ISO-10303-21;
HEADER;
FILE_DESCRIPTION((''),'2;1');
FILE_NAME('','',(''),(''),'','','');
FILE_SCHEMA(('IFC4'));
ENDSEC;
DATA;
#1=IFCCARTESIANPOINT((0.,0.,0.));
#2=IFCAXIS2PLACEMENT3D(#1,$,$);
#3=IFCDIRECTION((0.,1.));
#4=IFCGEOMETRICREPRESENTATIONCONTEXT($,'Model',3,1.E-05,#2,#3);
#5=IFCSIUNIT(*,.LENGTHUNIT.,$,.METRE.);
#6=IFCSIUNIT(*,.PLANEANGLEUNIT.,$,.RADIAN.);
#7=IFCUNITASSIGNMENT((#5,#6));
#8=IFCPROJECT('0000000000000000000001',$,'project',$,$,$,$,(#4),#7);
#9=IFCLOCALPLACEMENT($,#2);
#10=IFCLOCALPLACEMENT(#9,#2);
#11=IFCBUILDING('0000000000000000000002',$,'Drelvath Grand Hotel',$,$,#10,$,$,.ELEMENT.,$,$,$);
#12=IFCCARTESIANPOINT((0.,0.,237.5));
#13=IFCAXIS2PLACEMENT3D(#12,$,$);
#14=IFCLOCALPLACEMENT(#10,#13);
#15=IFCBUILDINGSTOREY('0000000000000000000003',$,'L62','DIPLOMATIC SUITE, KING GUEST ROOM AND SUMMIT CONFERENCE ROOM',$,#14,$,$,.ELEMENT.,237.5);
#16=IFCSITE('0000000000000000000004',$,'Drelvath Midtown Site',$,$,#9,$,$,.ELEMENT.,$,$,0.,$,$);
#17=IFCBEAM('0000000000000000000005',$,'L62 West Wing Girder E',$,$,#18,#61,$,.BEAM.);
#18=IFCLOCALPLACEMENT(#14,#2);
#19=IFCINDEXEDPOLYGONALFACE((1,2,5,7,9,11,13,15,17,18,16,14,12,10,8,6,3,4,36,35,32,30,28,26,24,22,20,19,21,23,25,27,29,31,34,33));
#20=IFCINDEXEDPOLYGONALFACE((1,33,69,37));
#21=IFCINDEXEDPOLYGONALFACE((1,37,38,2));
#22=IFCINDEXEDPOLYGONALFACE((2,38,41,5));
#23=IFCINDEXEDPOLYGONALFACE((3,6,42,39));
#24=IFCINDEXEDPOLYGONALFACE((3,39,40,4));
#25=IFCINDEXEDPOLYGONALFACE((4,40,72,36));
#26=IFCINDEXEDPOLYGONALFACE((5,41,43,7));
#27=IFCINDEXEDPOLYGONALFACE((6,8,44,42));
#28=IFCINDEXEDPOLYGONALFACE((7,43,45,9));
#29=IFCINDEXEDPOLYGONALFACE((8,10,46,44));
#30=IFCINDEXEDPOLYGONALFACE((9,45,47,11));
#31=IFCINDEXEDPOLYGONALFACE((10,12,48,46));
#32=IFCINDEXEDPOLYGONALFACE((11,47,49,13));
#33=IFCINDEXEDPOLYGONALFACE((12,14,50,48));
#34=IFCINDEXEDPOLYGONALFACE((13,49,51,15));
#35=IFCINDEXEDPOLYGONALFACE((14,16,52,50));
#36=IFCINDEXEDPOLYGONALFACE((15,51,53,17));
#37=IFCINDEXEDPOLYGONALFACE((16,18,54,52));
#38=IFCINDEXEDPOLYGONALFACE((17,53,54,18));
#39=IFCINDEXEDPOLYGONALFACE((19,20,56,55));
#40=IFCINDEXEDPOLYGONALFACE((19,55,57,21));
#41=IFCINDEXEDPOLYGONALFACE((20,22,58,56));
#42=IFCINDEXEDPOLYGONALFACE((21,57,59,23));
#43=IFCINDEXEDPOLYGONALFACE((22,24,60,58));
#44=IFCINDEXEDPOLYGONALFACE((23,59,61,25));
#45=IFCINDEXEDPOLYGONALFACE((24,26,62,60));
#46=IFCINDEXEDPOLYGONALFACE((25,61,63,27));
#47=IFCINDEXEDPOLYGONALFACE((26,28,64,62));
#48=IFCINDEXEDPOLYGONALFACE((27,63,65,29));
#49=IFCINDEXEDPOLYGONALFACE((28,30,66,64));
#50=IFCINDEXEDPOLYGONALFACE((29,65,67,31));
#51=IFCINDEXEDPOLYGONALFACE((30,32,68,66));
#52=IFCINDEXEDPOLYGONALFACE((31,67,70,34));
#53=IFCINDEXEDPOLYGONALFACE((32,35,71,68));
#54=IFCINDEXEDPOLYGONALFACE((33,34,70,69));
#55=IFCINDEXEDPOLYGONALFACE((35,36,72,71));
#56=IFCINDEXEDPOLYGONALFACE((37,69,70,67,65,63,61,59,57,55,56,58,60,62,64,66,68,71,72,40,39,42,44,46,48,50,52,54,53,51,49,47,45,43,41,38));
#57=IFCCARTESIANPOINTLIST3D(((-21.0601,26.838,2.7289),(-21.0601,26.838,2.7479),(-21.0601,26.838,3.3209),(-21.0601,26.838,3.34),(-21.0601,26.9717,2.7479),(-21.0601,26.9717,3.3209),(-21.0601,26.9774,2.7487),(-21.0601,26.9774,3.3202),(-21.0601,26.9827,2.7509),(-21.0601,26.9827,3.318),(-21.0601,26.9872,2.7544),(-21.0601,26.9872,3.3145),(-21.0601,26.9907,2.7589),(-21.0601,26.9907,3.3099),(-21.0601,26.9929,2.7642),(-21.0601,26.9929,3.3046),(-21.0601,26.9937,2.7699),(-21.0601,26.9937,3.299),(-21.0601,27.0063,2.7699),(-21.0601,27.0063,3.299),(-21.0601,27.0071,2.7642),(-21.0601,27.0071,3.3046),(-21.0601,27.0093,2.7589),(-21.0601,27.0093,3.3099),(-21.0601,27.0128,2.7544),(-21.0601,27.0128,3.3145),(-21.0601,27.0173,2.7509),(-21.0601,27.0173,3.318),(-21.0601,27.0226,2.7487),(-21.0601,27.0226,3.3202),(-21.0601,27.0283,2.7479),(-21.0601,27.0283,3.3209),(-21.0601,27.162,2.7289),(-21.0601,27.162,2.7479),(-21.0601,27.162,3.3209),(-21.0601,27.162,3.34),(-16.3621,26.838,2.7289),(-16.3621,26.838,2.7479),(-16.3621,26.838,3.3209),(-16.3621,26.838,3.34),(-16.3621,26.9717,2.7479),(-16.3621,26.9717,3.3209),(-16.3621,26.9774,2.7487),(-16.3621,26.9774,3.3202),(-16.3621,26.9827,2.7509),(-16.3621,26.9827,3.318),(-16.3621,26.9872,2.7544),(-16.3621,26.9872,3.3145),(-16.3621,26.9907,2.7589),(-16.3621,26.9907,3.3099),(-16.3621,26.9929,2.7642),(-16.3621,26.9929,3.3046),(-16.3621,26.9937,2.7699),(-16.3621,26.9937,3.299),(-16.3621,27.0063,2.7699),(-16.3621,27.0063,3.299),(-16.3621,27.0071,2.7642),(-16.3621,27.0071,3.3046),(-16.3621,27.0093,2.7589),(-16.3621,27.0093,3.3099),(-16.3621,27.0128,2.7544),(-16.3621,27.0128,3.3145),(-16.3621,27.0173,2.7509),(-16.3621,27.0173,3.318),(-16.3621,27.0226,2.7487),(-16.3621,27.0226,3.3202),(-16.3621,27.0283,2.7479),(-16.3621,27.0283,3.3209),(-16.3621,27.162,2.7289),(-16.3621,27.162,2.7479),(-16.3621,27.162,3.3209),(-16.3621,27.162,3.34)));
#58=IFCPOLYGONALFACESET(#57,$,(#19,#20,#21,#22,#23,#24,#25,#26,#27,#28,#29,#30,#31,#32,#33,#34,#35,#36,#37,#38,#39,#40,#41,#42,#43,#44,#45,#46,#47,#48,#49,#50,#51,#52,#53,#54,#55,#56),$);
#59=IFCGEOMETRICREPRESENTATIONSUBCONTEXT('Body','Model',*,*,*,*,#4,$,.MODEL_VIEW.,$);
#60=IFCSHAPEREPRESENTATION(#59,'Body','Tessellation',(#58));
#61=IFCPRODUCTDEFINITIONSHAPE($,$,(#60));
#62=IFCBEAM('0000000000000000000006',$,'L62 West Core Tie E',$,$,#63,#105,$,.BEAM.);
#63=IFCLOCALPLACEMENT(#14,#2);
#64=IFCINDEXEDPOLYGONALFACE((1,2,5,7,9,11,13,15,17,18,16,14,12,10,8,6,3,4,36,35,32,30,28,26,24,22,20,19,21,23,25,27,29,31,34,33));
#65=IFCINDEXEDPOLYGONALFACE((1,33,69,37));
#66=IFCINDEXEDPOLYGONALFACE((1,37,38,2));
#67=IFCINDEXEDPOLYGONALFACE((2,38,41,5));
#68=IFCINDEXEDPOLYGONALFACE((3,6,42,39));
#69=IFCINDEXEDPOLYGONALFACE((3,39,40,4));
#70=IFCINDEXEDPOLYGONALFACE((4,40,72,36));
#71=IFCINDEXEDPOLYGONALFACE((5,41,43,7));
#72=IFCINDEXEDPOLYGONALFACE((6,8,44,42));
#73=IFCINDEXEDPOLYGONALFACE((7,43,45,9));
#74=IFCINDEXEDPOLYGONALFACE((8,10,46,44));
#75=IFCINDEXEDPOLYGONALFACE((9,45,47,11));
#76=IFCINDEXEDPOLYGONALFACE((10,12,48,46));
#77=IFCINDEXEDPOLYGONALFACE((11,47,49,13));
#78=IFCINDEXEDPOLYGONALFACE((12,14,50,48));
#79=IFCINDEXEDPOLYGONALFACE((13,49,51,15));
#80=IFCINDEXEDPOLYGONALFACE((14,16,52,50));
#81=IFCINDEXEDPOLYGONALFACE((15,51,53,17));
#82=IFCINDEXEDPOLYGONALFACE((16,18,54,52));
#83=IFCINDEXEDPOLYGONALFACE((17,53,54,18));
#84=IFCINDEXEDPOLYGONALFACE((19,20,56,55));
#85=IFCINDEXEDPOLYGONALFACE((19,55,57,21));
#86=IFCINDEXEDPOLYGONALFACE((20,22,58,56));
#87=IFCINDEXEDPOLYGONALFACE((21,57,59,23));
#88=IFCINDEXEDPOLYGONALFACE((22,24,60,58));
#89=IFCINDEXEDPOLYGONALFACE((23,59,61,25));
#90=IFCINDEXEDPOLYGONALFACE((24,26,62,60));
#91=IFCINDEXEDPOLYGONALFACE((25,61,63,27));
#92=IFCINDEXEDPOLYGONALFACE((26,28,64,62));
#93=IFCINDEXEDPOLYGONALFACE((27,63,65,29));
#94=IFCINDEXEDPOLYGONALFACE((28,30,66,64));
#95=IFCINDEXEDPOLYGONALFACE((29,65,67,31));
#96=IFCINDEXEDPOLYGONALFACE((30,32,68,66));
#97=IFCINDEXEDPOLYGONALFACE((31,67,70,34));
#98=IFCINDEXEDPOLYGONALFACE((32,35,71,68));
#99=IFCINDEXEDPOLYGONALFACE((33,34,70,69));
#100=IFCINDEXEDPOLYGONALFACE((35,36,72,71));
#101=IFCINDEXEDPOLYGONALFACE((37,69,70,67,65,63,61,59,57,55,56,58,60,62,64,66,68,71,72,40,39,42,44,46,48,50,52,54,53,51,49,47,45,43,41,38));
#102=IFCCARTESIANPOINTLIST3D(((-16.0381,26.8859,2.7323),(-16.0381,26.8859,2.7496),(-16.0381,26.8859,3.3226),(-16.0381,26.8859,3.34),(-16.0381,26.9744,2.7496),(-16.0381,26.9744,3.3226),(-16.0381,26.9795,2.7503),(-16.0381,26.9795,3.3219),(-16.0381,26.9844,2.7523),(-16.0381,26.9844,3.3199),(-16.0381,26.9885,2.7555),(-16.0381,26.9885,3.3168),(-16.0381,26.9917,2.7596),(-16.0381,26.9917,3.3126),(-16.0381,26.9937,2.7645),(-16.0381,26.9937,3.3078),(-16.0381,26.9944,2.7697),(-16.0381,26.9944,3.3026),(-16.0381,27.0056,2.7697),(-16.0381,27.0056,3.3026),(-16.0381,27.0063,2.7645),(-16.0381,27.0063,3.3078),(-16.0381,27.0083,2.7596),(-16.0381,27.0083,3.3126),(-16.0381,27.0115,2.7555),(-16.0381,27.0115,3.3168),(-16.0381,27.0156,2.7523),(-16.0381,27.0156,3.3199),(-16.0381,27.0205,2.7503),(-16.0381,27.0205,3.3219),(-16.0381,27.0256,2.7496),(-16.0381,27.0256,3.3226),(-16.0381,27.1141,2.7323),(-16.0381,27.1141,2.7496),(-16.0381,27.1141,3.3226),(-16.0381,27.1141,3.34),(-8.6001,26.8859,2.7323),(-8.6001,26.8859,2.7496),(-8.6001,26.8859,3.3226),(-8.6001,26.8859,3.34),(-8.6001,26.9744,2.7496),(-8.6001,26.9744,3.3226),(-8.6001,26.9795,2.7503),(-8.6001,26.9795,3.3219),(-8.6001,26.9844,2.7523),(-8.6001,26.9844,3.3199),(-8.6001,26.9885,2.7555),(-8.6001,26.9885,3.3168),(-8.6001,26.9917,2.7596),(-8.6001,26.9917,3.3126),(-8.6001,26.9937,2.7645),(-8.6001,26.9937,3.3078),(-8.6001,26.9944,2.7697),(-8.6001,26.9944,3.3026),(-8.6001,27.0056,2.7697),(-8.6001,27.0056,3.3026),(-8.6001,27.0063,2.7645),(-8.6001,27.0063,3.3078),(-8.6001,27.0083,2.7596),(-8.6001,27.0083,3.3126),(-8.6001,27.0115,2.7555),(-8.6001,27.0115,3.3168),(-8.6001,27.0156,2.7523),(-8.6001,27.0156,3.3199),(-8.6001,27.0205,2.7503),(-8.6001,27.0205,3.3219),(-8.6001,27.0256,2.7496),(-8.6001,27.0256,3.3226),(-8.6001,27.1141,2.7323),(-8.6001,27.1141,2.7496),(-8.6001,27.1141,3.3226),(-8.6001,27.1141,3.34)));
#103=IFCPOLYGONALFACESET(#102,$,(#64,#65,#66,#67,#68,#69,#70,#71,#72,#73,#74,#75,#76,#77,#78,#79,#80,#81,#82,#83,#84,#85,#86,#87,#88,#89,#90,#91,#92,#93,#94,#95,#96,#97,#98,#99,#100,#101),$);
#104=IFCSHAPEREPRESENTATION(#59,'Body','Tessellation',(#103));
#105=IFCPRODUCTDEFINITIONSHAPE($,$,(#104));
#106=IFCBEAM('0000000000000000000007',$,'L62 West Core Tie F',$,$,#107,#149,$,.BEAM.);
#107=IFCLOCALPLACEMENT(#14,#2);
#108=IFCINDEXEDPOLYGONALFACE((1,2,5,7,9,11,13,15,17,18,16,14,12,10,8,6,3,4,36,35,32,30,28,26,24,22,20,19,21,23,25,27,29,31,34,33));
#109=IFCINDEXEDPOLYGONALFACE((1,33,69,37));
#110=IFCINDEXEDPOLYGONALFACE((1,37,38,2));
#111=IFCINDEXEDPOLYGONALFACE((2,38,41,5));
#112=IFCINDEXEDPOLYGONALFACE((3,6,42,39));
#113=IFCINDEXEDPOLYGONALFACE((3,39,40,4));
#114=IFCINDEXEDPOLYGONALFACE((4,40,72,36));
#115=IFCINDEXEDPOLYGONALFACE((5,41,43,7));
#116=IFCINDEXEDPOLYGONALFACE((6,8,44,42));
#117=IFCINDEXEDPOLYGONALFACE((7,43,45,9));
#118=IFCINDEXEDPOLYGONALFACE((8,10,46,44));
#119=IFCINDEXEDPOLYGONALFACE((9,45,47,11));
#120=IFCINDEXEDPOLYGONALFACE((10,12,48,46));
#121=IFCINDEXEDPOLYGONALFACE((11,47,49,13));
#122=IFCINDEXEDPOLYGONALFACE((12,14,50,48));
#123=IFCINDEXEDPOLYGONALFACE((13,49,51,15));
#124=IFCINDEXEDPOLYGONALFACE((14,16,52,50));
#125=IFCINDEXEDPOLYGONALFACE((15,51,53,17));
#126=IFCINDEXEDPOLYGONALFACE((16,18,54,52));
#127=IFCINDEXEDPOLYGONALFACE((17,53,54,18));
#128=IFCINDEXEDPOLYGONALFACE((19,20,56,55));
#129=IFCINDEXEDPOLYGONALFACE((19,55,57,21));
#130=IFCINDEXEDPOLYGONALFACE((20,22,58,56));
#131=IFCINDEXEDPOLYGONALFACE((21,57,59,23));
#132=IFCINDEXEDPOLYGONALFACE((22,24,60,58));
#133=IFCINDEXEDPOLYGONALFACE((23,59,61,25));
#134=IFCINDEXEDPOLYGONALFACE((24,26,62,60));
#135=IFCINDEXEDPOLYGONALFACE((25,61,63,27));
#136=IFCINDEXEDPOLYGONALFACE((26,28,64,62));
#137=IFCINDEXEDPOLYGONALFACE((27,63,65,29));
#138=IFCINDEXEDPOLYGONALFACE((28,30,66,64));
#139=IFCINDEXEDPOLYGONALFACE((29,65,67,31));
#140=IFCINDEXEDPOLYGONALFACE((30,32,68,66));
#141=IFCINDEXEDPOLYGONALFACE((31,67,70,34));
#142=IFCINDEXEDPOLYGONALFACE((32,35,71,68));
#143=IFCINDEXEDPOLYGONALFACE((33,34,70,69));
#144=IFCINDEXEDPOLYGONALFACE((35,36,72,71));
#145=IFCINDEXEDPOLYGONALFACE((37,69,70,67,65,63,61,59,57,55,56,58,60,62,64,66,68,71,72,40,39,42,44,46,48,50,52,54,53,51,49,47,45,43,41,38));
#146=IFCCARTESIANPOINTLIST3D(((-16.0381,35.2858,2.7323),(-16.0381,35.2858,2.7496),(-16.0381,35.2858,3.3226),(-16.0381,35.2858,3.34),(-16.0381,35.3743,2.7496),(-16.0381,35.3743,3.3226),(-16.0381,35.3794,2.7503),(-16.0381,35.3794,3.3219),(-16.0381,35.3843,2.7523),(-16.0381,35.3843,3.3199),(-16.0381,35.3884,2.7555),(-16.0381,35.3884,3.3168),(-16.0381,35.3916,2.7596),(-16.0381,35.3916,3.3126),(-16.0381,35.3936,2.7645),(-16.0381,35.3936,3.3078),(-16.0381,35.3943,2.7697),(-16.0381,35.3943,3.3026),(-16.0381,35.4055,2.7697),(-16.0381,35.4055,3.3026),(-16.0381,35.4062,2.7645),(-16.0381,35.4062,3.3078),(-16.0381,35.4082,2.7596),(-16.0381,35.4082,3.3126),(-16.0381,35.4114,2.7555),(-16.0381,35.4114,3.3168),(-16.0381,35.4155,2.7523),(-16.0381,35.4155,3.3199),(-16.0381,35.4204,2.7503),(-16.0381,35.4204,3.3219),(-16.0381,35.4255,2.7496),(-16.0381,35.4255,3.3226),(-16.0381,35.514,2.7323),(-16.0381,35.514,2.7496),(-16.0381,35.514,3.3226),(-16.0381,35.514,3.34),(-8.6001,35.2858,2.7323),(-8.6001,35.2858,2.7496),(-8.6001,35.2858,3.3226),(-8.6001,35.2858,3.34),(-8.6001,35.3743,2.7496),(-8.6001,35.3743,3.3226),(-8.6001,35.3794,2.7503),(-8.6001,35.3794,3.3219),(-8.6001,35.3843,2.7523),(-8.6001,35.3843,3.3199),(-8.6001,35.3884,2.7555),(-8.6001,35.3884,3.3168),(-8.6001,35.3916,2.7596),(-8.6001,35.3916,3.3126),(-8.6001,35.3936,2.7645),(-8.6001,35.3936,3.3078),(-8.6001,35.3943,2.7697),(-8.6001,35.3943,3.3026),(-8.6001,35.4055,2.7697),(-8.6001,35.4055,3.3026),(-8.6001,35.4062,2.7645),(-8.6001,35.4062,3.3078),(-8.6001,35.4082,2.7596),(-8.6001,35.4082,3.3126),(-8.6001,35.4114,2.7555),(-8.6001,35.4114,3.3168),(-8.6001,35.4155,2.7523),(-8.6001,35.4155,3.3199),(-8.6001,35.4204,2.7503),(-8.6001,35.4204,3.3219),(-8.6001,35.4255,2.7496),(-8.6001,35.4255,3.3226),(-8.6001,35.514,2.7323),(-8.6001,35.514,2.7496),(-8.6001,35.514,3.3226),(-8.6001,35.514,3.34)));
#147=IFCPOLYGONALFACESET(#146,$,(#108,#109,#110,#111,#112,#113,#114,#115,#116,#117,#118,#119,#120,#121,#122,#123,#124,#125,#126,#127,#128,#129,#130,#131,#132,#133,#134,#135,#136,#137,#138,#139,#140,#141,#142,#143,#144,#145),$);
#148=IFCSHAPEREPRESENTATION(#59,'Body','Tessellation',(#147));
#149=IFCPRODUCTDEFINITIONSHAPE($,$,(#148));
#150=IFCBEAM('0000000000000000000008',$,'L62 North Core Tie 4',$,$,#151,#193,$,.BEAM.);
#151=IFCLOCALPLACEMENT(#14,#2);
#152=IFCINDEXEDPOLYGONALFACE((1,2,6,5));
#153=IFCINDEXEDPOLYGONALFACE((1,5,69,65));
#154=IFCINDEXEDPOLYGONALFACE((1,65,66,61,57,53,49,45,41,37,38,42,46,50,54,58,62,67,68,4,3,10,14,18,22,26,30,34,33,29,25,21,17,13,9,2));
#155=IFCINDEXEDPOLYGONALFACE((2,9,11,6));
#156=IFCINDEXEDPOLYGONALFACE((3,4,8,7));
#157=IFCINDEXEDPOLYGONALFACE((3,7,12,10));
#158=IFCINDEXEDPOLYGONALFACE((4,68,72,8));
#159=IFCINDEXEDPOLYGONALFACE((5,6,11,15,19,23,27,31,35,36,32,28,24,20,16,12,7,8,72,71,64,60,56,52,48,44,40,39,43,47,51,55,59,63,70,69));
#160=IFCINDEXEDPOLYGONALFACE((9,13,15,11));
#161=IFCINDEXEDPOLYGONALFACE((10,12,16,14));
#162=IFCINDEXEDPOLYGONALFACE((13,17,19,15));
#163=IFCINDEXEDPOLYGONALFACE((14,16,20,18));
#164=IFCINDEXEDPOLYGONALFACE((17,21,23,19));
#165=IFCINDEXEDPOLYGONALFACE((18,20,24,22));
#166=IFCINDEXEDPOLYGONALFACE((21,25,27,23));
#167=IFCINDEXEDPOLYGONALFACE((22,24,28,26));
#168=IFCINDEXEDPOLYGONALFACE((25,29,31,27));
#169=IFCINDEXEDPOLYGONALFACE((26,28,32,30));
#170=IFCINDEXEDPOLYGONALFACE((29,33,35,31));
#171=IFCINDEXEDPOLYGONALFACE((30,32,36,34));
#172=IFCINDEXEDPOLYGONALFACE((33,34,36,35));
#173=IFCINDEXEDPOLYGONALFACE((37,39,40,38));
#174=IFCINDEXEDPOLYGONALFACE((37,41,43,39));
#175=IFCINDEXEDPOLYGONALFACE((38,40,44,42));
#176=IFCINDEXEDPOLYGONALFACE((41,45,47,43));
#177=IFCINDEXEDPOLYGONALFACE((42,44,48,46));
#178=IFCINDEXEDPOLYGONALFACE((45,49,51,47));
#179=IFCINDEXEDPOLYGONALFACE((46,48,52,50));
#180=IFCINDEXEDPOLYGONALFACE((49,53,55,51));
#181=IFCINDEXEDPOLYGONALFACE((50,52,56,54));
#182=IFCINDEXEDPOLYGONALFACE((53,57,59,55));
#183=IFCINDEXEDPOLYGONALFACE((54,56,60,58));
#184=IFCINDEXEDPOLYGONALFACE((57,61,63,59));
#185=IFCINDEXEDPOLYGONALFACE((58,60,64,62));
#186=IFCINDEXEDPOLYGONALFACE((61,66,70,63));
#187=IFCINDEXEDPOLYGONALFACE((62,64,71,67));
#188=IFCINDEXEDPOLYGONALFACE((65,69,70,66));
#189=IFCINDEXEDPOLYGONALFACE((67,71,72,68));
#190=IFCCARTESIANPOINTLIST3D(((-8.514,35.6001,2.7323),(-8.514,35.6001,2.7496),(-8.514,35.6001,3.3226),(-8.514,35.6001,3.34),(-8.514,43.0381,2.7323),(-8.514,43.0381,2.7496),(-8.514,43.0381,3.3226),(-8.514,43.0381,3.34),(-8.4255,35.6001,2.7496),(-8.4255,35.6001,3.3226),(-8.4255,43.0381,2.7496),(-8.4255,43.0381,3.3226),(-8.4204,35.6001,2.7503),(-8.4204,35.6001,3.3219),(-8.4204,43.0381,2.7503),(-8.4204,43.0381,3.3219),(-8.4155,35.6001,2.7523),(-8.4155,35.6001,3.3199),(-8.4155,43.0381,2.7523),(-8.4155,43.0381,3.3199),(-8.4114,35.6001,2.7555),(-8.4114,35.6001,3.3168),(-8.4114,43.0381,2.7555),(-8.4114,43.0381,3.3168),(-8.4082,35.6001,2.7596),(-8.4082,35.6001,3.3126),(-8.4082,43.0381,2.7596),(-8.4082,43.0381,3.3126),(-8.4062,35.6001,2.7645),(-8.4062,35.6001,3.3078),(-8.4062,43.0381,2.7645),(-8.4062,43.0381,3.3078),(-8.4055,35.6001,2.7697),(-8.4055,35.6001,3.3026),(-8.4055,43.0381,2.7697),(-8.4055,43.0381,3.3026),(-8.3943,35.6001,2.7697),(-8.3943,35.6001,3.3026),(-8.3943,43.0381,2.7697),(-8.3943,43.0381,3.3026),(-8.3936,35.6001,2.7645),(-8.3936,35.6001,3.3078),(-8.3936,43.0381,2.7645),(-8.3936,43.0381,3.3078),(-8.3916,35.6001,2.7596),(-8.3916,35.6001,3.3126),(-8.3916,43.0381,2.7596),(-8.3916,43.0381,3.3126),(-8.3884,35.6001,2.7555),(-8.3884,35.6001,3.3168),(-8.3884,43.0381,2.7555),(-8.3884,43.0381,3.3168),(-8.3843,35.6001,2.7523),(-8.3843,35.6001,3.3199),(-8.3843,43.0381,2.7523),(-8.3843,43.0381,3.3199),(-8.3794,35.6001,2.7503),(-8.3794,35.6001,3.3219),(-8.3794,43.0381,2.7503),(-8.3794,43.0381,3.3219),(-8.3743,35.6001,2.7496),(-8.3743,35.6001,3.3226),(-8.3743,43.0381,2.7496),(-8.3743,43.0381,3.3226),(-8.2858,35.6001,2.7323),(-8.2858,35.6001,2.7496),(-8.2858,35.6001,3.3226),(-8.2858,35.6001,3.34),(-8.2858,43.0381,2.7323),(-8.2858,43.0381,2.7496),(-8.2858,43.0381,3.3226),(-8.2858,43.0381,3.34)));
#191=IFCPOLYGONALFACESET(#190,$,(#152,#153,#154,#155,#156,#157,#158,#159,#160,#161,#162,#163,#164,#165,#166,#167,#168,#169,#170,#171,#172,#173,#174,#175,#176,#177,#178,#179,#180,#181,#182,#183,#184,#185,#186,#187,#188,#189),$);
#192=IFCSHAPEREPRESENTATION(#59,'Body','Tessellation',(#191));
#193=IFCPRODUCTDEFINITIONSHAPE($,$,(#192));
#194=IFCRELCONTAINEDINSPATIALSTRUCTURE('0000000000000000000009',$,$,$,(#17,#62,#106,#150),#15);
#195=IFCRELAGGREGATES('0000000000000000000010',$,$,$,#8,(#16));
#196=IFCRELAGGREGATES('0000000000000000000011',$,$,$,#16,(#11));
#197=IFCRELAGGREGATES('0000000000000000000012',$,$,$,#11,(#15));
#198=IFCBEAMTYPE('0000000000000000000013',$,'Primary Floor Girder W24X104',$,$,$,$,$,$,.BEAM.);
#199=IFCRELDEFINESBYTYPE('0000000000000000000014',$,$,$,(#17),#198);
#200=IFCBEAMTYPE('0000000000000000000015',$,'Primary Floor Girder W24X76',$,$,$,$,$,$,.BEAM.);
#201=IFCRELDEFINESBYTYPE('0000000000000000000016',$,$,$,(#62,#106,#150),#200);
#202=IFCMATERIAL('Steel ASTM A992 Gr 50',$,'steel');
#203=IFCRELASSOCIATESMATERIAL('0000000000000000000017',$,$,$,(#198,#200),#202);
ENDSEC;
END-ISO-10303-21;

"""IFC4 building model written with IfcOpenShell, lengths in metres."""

from ifc_helpers import new_model, si_unit, direction, frame, origin, origin_2d, place, context, subcontext, project, spatial, i_section, extrude, material, material_profile, profile_set, type_object, element, save


model = new_model("IFC4")

# Units and contexts
model_context = context("Model", 3, precision=1e-05, world=origin(), true_north=direction((0.0, 1.0)))
body_context = subcontext(model_context, "Body", "Model", "MODEL_VIEW")
ifc_project = project(units=[si_unit("LENGTHUNIT", "METRE"), si_unit("PLANEANGLEUNIT", "RADIAN")], contexts=[model_context])

# Site, building, storey
site_placement = place(None, origin())
site = spatial("IfcSite", under=ifc_project, at=site_placement, Name="Drelvath Midtown Site", CompositionType="ELEMENT", RefElevation=0.0)
building_placement = place(site_placement, origin())
building = spatial("IfcBuilding", under=site, at=building_placement, Name="Drelvath Grand Hotel", CompositionType="ELEMENT")
storey_placement = place(building_placement, frame((0.0, 0.0, 237.5)))
storey = spatial("IfcBuildingStorey", under=building, at=storey_placement, Name="L62", Description="DIPLOMATIC SUITE, KING GUEST ROOM AND SUMMIT CONFERENCE ROOM", CompositionType="ELEMENT", Elevation=237.5)

# Beams
ifc_material_1 = material(Name="Steel ASTM A992 Gr 50", Category="steel")
ifc_material_profile_1 = material_profile(ifc_material_1, i_section(OverallWidth=0.324, OverallDepth=0.6111, WebThickness=0.0127, FlangeThickness=0.019, FilletRadius=0.022, at=origin_2d()), Name="W24X104")
ifc_profile_set_1 = profile_set([ifc_material_profile_1], Name="Steel ASTM A992 Gr 50")
beam_type_1 = type_object("IfcBeamType", Name="Primary Floor Girder W24X104", PredefinedType="BEAM", material=ifc_profile_set_1)
beam_placement = place(storey_placement, frame((-21.0601, 27.0, 3.0344), z_axis=(1.0, 0.0, 0.0), x_axis=(0.0, 1.0, 0.0)))
element("IfcBeam", 1, at=beam_placement, inside=storey, type_object=beam_type_1, Name="L62 West Wing Girder E", PredefinedType="BEAM", context=body_context, shape_type="SweptSolid", body=[
    extrude(i_section(OverallWidth=0.324, OverallDepth=0.6111, WebThickness=0.0127, FlangeThickness=0.019, FilletRadius=0.022, at=origin_2d()), origin(), (0.0, 0.0, 1.0), 4.698),
])
ifc_material_profile_2 = material_profile(ifc_material_1, i_section(OverallWidth=0.2283, OverallDepth=0.6077, WebThickness=0.0112, FlangeThickness=0.0173, FilletRadius=0.02, at=origin_2d()), Name="W24X76")
ifc_profile_set_2 = profile_set([ifc_material_profile_2], Name="Steel ASTM A992 Gr 50")
beam_type_2 = type_object("IfcBeamType", Name="Primary Floor Girder W24X76", PredefinedType="BEAM", material=ifc_profile_set_2)
for number, where, z_axis, x_axis, name in (
    (2, (-16.0381, 27.0, 3.0361), (1.0, 0.0, 0.0), (0.0, 1.0, 0.0), "L62 West Core Tie E"),
    (3, (-16.0381, 35.3999, 3.0361), (1.0, 0.0, 0.0), (0.0, 1.0, 0.0), "L62 West Core Tie F"),
    (4, (-8.3999, 35.6001, 3.0361), (0.0, 1.0, 0.0), (-1.0, 0.0, 0.0), "L62 North Core Tie 4"),
):
    element("IfcBeam", number, at=place(storey_placement, frame(where, z_axis=z_axis, x_axis=x_axis)), inside=storey, type_object=beam_type_2, Name=name, PredefinedType="BEAM", context=body_context, shape_type="SweptSolid", body=[
        extrude(i_section(OverallWidth=0.2283, OverallDepth=0.6077, WebThickness=0.0112, FlangeThickness=0.0173, FilletRadius=0.02, at=origin_2d()), origin(), (0.0, 0.0, 1.0), 7.438),
    ])

save(model, "model.ifc")
